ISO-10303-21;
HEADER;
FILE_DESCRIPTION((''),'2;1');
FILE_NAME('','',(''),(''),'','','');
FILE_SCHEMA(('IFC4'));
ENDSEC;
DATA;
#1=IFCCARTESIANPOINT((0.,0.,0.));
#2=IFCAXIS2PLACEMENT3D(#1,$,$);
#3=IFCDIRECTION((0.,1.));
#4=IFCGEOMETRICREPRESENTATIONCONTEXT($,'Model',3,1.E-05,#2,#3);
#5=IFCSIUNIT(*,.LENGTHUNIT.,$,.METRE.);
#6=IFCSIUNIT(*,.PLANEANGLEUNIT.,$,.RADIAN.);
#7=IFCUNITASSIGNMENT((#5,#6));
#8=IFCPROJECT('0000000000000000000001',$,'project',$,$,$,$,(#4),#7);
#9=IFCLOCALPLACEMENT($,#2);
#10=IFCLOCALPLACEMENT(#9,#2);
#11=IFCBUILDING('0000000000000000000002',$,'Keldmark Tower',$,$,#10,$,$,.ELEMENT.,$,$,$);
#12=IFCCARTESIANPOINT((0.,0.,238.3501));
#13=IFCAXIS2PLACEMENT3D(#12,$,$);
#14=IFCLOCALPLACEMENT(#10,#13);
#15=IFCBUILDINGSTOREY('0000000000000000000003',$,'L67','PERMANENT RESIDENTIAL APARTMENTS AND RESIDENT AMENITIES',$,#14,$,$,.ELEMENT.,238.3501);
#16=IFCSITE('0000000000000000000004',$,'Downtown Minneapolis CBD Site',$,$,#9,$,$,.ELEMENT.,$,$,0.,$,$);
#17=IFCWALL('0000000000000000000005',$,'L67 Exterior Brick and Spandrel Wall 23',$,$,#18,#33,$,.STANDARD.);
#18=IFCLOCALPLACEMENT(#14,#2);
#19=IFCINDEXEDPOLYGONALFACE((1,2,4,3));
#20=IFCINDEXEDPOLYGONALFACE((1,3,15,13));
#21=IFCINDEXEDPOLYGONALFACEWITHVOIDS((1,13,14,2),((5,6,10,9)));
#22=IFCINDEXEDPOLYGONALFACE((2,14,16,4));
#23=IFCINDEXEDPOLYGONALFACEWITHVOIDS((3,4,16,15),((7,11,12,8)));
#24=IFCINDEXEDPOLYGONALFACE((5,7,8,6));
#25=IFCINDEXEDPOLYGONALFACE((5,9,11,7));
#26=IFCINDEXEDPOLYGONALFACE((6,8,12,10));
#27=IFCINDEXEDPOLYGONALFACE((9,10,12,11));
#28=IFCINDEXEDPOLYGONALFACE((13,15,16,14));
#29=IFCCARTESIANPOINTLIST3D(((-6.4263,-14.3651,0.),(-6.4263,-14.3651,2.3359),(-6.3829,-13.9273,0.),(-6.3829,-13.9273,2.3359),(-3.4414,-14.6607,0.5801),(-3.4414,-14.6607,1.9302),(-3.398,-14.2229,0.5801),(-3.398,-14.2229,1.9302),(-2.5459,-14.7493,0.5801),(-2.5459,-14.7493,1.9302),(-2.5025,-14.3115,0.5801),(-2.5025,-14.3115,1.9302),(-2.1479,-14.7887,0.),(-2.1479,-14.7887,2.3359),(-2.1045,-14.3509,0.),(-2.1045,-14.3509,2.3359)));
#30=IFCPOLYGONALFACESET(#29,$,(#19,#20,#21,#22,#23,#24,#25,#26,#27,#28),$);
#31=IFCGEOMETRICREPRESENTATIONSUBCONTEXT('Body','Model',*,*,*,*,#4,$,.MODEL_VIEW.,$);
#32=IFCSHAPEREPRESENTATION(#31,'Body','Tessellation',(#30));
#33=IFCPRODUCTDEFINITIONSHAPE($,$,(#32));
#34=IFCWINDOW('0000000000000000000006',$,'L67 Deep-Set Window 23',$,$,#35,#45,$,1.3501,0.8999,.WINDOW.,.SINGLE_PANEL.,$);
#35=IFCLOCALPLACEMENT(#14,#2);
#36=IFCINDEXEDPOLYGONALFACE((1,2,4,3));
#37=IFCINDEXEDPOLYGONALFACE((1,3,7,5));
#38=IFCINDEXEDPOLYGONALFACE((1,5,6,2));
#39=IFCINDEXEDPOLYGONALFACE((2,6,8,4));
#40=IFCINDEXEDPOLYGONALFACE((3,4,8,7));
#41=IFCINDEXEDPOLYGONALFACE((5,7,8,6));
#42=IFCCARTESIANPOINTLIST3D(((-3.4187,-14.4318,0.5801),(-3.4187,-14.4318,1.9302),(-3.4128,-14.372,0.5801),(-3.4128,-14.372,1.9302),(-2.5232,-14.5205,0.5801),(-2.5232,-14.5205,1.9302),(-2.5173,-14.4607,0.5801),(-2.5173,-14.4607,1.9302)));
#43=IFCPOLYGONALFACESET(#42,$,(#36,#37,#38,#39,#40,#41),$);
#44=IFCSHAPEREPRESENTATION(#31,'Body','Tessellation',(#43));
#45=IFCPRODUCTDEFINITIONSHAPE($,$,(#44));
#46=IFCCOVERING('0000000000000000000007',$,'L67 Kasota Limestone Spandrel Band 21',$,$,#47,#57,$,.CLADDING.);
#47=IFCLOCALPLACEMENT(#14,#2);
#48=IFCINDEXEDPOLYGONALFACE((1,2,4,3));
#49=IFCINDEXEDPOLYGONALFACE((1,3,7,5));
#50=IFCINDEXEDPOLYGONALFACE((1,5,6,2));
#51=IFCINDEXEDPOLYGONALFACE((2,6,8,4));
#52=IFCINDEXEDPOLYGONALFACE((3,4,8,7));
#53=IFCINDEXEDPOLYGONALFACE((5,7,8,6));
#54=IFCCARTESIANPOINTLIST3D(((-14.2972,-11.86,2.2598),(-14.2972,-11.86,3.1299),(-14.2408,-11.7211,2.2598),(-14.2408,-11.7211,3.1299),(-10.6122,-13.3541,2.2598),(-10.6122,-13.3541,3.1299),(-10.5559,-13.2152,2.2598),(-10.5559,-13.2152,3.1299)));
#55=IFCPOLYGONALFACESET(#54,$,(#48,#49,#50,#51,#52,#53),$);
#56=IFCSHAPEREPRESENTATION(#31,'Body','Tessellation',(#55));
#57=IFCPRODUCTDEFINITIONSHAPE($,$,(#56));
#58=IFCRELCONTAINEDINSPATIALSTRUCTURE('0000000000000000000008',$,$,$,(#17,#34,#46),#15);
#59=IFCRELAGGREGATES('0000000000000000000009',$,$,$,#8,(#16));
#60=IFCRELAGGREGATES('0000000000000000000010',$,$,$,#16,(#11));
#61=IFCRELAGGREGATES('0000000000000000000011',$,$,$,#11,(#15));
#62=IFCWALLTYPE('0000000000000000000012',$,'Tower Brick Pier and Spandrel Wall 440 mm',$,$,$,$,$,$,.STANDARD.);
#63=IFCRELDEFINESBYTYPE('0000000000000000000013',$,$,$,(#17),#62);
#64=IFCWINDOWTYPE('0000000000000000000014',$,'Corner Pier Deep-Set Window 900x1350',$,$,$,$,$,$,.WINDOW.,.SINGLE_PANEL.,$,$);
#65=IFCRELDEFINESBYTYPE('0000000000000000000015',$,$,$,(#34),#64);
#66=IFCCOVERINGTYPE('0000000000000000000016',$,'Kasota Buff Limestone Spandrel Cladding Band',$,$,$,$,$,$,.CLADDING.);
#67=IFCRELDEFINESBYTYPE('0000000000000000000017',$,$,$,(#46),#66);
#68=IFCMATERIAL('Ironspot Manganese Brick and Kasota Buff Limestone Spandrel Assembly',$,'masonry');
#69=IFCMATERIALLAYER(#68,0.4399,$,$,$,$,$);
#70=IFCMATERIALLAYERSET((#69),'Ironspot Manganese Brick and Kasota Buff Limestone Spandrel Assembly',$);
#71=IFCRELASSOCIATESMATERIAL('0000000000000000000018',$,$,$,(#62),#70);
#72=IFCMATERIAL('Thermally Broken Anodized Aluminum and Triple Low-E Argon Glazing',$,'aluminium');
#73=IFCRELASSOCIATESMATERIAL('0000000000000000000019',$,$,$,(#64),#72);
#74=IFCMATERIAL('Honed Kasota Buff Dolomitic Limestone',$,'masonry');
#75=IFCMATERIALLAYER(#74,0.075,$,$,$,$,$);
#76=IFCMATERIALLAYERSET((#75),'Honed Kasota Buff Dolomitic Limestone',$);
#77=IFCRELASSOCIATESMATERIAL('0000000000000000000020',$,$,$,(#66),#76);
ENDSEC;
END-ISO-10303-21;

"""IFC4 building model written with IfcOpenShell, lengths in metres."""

from ifc_helpers import new_model, si_unit, direction, frame, frame_2d, origin, origin_2d, place, context, subcontext, project, spatial, rectangle, extrude, material, layer, layer_set, type_object, element, fill, save


model = new_model("IFC4")

# Units and contexts
model_context = context("Model", 3, precision=1e-05, world=origin(), true_north=direction((0.0, 1.0)))
body_context = subcontext(model_context, "Body", "Model", "MODEL_VIEW")
ifc_project = project(units=[si_unit("LENGTHUNIT", "METRE"), si_unit("PLANEANGLEUNIT", "RADIAN")], contexts=[model_context])

# Site, building, storey
site_placement = place(None, origin())
site = spatial("IfcSite", under=ifc_project, at=site_placement, Name="Downtown Minneapolis CBD Site", CompositionType="ELEMENT", RefElevation=0.0)
building_placement = place(site_placement, origin())
building = spatial("IfcBuilding", under=site, at=building_placement, Name="Keldmark Tower", CompositionType="ELEMENT")
storey_placement = place(building_placement, frame((0.0, 0.0, 238.3501)))
storey = spatial("IfcBuildingStorey", under=building, at=storey_placement, Name="L67", Description="PERMANENT RESIDENTIAL APARTMENTS AND RESIDENT AMENITIES", CompositionType="ELEMENT", Elevation=238.3501)

# Wall, opening, window
ifc_material_1 = material(Name="Ironspot Manganese Brick and Kasota Buff Limestone Spandrel Assembly", Category="masonry")
ifc_layer_1 = layer(ifc_material_1, 0.4399)
ifc_layer_set_1 = layer_set([ifc_layer_1], Name="Ironspot Manganese Brick and Kasota Buff Limestone Spandrel Assembly")
wall_type_1 = type_object("IfcWallType", Name="Tower Brick Pier and Spandrel Wall 440 mm", PredefinedType="STANDARD", material=ifc_layer_set_1)
ifc_material_2 = material(Name="Thermally Broken Anodized Aluminum and Triple Low-E Argon Glazing", Category="aluminium")
window_type = type_object("IfcWindowType", Name="Corner Pier Deep-Set Window 900x1350", PartitioningType="SINGLE_PANEL", PredefinedType="WINDOW", material=ifc_material_2)
wall_1_placement = place(storey_placement, frame((-2.1262, -14.5698, 0.0), z_axis=(0.0, 0.0, 1.0), x_axis=(-0.995135, 0.098525, 0.0)))
wall_1 = element("IfcWall", 1, at=wall_1_placement, inside=storey, type_object=wall_type_1, Name="L67 Exterior Brick and Spandrel Wall 23", PredefinedType="STANDARD", context=body_context, shape_type="SweptSolid", body=[
    extrude(rectangle(XDim=4.2993, YDim=0.4399, at=frame_2d((2.1497, 0.0))), origin(), (0.0, 0.0, 1.0), 2.3359),
])
opening_1_placement = place(wall_1_placement, frame((0.3999, 0.0, 0.5801)))
opening_1 = element("IfcOpeningElement", 2, at=opening_1_placement, cuts=wall_1, PredefinedType="OPENING", context=body_context, shape_type="SweptSolid", body=[
    extrude(rectangle(XDim=0.8999, YDim=1.3501, at=frame_2d((0.45, 0.675))), frame((0.0, 0.23, 0.0), z_axis=(0.0, -1.0, 0.0), x_axis=(1.0, 0.0, 0.0)), (0.0, 0.0, 1.0), 0.46),
])
window_1_placement = place(opening_1_placement, origin())
window_1 = element("IfcWindow", 3, at=window_1_placement, inside=storey, type_object=window_type, Name="L67 Deep-Set Window 23", OverallHeight=1.3501, OverallWidth=0.8999, PartitioningType="SINGLE_PANEL", PredefinedType="WINDOW", context=body_context, shape_type="SweptSolid", body=[
    extrude(rectangle(XDim=0.8999, YDim=1.3501, at=frame_2d((0.45, 0.675))), frame((0.0, -0.01, 0.0), z_axis=(0.0, -1.0, 0.0), x_axis=(1.0, 0.0, 0.0)), (0.0, 0.0, 1.0), 0.0601),
])
fill(opening_1, window_1)

# Covering
ifc_material_3 = material(Name="Honed Kasota Buff Dolomitic Limestone", Category="masonry")
ifc_layer_2 = layer(ifc_material_3, 0.075)
ifc_layer_set_2 = layer_set([ifc_layer_2], Name="Honed Kasota Buff Dolomitic Limestone")
covering_type = type_object("IfcCoveringType", Name="Kasota Buff Limestone Spandrel Cladding Band", PredefinedType="CLADDING", material=ifc_layer_set_2)
covering_placement = place(storey_placement, frame((-12.4265, -12.5376, 2.2598), z_axis=(0.0, 0.0, 1.0), x_axis=(0.926725, -0.375739, 0.0)))
element("IfcCovering", 4, at=covering_placement, inside=storey, type_object=covering_type, Name="L67 Kasota Limestone Spandrel Band 21", PredefinedType="CLADDING", context=body_context, shape_type="SweptSolid", body=[
    extrude(rectangle(XDim=3.9763, YDim=0.1499, at=origin_2d()), origin(), (0.0, 0.0, 1.0), 0.8701),
])

save(model, "model.ifc")
